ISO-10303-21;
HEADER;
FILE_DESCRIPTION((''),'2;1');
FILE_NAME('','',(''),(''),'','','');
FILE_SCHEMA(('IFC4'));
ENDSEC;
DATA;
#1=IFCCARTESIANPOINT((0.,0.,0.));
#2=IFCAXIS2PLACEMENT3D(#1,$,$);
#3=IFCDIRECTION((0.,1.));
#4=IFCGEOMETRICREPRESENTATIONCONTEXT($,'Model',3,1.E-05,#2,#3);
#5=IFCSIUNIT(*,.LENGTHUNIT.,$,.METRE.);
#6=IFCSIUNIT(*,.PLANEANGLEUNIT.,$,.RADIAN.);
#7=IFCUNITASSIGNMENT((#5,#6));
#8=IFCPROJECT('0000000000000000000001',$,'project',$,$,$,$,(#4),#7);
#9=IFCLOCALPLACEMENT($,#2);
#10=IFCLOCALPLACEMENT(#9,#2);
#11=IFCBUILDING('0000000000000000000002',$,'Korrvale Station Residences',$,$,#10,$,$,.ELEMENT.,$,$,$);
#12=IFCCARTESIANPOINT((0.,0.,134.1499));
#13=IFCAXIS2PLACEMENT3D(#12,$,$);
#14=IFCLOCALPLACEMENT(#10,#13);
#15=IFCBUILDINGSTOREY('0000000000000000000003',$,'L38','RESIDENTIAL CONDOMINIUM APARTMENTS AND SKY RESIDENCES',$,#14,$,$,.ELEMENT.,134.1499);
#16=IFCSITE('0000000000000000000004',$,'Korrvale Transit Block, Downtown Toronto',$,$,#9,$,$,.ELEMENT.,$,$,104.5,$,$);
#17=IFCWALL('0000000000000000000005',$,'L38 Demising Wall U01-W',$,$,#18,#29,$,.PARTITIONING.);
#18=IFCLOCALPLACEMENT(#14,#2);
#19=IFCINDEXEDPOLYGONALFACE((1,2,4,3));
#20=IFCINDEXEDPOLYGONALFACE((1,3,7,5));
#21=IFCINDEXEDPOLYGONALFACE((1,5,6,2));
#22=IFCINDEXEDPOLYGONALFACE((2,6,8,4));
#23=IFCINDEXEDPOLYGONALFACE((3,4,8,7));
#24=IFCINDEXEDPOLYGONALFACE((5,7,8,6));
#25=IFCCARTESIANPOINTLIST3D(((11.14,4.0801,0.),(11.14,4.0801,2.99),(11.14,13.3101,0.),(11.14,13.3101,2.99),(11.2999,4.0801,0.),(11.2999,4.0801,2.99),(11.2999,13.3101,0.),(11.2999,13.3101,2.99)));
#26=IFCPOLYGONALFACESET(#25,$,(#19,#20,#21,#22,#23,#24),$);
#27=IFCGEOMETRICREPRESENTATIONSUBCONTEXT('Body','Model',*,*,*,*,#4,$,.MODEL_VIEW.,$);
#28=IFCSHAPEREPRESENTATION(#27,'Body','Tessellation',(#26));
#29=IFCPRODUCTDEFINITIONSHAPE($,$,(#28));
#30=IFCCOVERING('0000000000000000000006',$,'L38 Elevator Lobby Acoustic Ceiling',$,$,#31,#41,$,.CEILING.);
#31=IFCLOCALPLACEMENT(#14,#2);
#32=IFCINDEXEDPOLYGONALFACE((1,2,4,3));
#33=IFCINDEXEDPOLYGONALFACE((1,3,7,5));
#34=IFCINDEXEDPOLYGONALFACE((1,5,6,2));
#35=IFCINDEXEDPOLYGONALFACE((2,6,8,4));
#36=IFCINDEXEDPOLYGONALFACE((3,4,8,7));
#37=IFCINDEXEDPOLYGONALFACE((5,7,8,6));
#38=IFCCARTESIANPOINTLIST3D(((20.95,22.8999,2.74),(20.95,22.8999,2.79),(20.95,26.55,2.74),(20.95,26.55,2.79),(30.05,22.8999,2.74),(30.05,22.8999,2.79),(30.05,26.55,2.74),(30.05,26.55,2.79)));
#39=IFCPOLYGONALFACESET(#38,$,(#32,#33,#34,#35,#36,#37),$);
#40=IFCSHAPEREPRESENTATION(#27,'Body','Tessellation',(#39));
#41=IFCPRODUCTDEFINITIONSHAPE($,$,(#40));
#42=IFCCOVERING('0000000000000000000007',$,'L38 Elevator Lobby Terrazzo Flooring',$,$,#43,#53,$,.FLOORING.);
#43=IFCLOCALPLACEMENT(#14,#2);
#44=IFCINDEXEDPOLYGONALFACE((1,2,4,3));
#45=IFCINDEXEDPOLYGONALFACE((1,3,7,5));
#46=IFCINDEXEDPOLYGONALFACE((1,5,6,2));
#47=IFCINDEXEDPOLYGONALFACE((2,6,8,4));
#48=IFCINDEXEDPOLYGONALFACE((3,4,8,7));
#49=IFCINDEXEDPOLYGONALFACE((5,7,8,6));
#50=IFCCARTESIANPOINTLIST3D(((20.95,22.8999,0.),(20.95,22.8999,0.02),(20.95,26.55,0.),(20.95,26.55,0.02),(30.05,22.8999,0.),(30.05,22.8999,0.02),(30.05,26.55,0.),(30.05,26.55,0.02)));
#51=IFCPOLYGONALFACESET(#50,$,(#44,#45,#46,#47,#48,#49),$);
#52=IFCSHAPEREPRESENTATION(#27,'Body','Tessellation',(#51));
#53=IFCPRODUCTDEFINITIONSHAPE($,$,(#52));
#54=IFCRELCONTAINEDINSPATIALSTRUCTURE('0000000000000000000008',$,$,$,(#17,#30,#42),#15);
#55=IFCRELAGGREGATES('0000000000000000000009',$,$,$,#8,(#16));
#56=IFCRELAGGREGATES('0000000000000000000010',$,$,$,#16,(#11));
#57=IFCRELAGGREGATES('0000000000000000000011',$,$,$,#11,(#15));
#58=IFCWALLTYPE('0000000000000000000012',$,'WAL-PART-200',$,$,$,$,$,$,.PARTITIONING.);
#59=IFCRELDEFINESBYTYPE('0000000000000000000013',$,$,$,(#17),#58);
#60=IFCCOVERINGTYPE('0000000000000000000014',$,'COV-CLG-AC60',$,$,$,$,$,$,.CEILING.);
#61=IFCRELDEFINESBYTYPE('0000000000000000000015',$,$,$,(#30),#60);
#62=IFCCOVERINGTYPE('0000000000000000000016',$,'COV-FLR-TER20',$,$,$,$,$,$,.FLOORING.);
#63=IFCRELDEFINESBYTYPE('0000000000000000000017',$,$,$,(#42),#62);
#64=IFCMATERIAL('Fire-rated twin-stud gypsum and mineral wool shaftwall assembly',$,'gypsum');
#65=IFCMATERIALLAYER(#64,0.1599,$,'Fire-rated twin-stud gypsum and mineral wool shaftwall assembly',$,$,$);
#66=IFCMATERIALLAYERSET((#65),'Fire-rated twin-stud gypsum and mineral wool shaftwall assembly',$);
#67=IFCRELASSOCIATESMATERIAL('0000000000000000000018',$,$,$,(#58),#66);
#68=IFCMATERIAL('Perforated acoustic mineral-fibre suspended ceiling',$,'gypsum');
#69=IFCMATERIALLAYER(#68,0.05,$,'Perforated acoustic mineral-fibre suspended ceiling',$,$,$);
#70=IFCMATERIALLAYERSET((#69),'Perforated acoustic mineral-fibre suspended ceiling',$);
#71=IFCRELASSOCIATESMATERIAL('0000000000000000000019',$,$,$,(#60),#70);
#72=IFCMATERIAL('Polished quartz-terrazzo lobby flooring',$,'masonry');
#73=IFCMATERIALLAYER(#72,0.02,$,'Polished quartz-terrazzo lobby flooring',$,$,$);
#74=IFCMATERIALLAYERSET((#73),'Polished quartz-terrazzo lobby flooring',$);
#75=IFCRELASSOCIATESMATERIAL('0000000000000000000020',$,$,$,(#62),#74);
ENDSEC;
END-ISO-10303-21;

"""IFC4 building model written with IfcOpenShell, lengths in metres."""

from ifc_helpers import new_model, si_unit, direction, frame, frame_2d, origin, place, context, subcontext, project, spatial, polyline, rectangle, outline, extrude, material, layer, layer_set, type_object, element, save


model = new_model("IFC4")

# Units and contexts
model_context = context("Model", 3, precision=1e-05, world=origin(), true_north=direction((0.0, 1.0)))
body_context = subcontext(model_context, "Body", "Model", "MODEL_VIEW")
ifc_project = project(units=[si_unit("LENGTHUNIT", "METRE"), si_unit("PLANEANGLEUNIT", "RADIAN")], contexts=[model_context])

# Site, building, storey
site_placement = place(None, origin())
site = spatial("IfcSite", under=ifc_project, at=site_placement, Name="Korrvale Transit Block, Downtown Toronto", CompositionType="ELEMENT", RefElevation=104.5)
building_placement = place(site_placement, origin())
building = spatial("IfcBuilding", under=site, at=building_placement, Name="Korrvale Station Residences", CompositionType="ELEMENT")
storey_placement = place(building_placement, frame((0.0, 0.0, 134.1499)))
storey = spatial("IfcBuildingStorey", under=building, at=storey_placement, Name="L38", Description="RESIDENTIAL CONDOMINIUM APARTMENTS AND SKY RESIDENCES", CompositionType="ELEMENT", Elevation=134.1499)

# Wall
ifc_material_1 = material(Name="Fire-rated twin-stud gypsum and mineral wool shaftwall assembly", Category="gypsum")
ifc_layer_1 = layer(ifc_material_1, 0.1599, Name="Fire-rated twin-stud gypsum and mineral wool shaftwall assembly")
ifc_layer_set_1 = layer_set([ifc_layer_1], Name="Fire-rated twin-stud gypsum and mineral wool shaftwall assembly")
wall_type_1 = type_object("IfcWallType", Name="WAL-PART-200", PredefinedType="PARTITIONING", material=ifc_layer_set_1)
wall_1_placement = place(storey_placement, frame((11.22, 4.0801, 0.0), z_axis=(0.0, 0.0, 1.0), x_axis=(0.0, 1.0, 0.0)))
element("IfcWall", 1, at=wall_1_placement, inside=storey, type_object=wall_type_1, Name="L38 Demising Wall U01-W", PredefinedType="PARTITIONING", context=body_context, shape_type="SweptSolid", body=[
    extrude(rectangle(XDim=9.23, YDim=0.1599, at=frame_2d((4.615, 0.0))), origin(), (0.0, 0.0, 1.0), 2.99),
])

# Coverings
ifc_material_2 = material(Name="Perforated acoustic mineral-fibre suspended ceiling", Category="gypsum")
ifc_layer_2 = layer(ifc_material_2, 0.05, Name="Perforated acoustic mineral-fibre suspended ceiling")
ifc_layer_set_2 = layer_set([ifc_layer_2], Name="Perforated acoustic mineral-fibre suspended ceiling")
covering_type_1 = type_object("IfcCoveringType", Name="COV-CLG-AC60", PredefinedType="CEILING", material=ifc_layer_set_2)
covering_1_placement = place(storey_placement, frame((0.0, 0.0, 2.74)))
element("IfcCovering", 2, at=covering_1_placement, inside=storey, type_object=covering_type_1, Name="L38 Elevator Lobby Acoustic Ceiling", PredefinedType="CEILING", context=body_context, shape_type="SweptSolid", body=[
    extrude(outline(polyline([(20.95, 22.8999), (30.05, 22.8999), (30.05, 26.55), (20.95, 26.55), (20.95, 22.8999)])), origin(), (0.0, 0.0, 1.0), 0.05),
])
ifc_material_3 = material(Name="Polished quartz-terrazzo lobby flooring", Category="masonry")
ifc_layer_3 = layer(ifc_material_3, 0.02, Name="Polished quartz-terrazzo lobby flooring")
ifc_layer_set_3 = layer_set([ifc_layer_3], Name="Polished quartz-terrazzo lobby flooring")
covering_type_2 = type_object("IfcCoveringType", Name="COV-FLR-TER20", PredefinedType="FLOORING", material=ifc_layer_set_3)
covering_2_placement = place(storey_placement, origin())
element("IfcCovering", 3, at=covering_2_placement, inside=storey, type_object=covering_type_2, Name="L38 Elevator Lobby Terrazzo Flooring", PredefinedType="FLOORING", context=body_context, shape_type="SweptSolid", body=[
    extrude(outline(polyline([(20.95, 22.8999), (30.05, 22.8999), (30.05, 26.55), (20.95, 26.55), (20.95, 22.8999)])), origin(), (0.0, 0.0, 1.0), 0.02),
])

save(model, "model.ifc")
